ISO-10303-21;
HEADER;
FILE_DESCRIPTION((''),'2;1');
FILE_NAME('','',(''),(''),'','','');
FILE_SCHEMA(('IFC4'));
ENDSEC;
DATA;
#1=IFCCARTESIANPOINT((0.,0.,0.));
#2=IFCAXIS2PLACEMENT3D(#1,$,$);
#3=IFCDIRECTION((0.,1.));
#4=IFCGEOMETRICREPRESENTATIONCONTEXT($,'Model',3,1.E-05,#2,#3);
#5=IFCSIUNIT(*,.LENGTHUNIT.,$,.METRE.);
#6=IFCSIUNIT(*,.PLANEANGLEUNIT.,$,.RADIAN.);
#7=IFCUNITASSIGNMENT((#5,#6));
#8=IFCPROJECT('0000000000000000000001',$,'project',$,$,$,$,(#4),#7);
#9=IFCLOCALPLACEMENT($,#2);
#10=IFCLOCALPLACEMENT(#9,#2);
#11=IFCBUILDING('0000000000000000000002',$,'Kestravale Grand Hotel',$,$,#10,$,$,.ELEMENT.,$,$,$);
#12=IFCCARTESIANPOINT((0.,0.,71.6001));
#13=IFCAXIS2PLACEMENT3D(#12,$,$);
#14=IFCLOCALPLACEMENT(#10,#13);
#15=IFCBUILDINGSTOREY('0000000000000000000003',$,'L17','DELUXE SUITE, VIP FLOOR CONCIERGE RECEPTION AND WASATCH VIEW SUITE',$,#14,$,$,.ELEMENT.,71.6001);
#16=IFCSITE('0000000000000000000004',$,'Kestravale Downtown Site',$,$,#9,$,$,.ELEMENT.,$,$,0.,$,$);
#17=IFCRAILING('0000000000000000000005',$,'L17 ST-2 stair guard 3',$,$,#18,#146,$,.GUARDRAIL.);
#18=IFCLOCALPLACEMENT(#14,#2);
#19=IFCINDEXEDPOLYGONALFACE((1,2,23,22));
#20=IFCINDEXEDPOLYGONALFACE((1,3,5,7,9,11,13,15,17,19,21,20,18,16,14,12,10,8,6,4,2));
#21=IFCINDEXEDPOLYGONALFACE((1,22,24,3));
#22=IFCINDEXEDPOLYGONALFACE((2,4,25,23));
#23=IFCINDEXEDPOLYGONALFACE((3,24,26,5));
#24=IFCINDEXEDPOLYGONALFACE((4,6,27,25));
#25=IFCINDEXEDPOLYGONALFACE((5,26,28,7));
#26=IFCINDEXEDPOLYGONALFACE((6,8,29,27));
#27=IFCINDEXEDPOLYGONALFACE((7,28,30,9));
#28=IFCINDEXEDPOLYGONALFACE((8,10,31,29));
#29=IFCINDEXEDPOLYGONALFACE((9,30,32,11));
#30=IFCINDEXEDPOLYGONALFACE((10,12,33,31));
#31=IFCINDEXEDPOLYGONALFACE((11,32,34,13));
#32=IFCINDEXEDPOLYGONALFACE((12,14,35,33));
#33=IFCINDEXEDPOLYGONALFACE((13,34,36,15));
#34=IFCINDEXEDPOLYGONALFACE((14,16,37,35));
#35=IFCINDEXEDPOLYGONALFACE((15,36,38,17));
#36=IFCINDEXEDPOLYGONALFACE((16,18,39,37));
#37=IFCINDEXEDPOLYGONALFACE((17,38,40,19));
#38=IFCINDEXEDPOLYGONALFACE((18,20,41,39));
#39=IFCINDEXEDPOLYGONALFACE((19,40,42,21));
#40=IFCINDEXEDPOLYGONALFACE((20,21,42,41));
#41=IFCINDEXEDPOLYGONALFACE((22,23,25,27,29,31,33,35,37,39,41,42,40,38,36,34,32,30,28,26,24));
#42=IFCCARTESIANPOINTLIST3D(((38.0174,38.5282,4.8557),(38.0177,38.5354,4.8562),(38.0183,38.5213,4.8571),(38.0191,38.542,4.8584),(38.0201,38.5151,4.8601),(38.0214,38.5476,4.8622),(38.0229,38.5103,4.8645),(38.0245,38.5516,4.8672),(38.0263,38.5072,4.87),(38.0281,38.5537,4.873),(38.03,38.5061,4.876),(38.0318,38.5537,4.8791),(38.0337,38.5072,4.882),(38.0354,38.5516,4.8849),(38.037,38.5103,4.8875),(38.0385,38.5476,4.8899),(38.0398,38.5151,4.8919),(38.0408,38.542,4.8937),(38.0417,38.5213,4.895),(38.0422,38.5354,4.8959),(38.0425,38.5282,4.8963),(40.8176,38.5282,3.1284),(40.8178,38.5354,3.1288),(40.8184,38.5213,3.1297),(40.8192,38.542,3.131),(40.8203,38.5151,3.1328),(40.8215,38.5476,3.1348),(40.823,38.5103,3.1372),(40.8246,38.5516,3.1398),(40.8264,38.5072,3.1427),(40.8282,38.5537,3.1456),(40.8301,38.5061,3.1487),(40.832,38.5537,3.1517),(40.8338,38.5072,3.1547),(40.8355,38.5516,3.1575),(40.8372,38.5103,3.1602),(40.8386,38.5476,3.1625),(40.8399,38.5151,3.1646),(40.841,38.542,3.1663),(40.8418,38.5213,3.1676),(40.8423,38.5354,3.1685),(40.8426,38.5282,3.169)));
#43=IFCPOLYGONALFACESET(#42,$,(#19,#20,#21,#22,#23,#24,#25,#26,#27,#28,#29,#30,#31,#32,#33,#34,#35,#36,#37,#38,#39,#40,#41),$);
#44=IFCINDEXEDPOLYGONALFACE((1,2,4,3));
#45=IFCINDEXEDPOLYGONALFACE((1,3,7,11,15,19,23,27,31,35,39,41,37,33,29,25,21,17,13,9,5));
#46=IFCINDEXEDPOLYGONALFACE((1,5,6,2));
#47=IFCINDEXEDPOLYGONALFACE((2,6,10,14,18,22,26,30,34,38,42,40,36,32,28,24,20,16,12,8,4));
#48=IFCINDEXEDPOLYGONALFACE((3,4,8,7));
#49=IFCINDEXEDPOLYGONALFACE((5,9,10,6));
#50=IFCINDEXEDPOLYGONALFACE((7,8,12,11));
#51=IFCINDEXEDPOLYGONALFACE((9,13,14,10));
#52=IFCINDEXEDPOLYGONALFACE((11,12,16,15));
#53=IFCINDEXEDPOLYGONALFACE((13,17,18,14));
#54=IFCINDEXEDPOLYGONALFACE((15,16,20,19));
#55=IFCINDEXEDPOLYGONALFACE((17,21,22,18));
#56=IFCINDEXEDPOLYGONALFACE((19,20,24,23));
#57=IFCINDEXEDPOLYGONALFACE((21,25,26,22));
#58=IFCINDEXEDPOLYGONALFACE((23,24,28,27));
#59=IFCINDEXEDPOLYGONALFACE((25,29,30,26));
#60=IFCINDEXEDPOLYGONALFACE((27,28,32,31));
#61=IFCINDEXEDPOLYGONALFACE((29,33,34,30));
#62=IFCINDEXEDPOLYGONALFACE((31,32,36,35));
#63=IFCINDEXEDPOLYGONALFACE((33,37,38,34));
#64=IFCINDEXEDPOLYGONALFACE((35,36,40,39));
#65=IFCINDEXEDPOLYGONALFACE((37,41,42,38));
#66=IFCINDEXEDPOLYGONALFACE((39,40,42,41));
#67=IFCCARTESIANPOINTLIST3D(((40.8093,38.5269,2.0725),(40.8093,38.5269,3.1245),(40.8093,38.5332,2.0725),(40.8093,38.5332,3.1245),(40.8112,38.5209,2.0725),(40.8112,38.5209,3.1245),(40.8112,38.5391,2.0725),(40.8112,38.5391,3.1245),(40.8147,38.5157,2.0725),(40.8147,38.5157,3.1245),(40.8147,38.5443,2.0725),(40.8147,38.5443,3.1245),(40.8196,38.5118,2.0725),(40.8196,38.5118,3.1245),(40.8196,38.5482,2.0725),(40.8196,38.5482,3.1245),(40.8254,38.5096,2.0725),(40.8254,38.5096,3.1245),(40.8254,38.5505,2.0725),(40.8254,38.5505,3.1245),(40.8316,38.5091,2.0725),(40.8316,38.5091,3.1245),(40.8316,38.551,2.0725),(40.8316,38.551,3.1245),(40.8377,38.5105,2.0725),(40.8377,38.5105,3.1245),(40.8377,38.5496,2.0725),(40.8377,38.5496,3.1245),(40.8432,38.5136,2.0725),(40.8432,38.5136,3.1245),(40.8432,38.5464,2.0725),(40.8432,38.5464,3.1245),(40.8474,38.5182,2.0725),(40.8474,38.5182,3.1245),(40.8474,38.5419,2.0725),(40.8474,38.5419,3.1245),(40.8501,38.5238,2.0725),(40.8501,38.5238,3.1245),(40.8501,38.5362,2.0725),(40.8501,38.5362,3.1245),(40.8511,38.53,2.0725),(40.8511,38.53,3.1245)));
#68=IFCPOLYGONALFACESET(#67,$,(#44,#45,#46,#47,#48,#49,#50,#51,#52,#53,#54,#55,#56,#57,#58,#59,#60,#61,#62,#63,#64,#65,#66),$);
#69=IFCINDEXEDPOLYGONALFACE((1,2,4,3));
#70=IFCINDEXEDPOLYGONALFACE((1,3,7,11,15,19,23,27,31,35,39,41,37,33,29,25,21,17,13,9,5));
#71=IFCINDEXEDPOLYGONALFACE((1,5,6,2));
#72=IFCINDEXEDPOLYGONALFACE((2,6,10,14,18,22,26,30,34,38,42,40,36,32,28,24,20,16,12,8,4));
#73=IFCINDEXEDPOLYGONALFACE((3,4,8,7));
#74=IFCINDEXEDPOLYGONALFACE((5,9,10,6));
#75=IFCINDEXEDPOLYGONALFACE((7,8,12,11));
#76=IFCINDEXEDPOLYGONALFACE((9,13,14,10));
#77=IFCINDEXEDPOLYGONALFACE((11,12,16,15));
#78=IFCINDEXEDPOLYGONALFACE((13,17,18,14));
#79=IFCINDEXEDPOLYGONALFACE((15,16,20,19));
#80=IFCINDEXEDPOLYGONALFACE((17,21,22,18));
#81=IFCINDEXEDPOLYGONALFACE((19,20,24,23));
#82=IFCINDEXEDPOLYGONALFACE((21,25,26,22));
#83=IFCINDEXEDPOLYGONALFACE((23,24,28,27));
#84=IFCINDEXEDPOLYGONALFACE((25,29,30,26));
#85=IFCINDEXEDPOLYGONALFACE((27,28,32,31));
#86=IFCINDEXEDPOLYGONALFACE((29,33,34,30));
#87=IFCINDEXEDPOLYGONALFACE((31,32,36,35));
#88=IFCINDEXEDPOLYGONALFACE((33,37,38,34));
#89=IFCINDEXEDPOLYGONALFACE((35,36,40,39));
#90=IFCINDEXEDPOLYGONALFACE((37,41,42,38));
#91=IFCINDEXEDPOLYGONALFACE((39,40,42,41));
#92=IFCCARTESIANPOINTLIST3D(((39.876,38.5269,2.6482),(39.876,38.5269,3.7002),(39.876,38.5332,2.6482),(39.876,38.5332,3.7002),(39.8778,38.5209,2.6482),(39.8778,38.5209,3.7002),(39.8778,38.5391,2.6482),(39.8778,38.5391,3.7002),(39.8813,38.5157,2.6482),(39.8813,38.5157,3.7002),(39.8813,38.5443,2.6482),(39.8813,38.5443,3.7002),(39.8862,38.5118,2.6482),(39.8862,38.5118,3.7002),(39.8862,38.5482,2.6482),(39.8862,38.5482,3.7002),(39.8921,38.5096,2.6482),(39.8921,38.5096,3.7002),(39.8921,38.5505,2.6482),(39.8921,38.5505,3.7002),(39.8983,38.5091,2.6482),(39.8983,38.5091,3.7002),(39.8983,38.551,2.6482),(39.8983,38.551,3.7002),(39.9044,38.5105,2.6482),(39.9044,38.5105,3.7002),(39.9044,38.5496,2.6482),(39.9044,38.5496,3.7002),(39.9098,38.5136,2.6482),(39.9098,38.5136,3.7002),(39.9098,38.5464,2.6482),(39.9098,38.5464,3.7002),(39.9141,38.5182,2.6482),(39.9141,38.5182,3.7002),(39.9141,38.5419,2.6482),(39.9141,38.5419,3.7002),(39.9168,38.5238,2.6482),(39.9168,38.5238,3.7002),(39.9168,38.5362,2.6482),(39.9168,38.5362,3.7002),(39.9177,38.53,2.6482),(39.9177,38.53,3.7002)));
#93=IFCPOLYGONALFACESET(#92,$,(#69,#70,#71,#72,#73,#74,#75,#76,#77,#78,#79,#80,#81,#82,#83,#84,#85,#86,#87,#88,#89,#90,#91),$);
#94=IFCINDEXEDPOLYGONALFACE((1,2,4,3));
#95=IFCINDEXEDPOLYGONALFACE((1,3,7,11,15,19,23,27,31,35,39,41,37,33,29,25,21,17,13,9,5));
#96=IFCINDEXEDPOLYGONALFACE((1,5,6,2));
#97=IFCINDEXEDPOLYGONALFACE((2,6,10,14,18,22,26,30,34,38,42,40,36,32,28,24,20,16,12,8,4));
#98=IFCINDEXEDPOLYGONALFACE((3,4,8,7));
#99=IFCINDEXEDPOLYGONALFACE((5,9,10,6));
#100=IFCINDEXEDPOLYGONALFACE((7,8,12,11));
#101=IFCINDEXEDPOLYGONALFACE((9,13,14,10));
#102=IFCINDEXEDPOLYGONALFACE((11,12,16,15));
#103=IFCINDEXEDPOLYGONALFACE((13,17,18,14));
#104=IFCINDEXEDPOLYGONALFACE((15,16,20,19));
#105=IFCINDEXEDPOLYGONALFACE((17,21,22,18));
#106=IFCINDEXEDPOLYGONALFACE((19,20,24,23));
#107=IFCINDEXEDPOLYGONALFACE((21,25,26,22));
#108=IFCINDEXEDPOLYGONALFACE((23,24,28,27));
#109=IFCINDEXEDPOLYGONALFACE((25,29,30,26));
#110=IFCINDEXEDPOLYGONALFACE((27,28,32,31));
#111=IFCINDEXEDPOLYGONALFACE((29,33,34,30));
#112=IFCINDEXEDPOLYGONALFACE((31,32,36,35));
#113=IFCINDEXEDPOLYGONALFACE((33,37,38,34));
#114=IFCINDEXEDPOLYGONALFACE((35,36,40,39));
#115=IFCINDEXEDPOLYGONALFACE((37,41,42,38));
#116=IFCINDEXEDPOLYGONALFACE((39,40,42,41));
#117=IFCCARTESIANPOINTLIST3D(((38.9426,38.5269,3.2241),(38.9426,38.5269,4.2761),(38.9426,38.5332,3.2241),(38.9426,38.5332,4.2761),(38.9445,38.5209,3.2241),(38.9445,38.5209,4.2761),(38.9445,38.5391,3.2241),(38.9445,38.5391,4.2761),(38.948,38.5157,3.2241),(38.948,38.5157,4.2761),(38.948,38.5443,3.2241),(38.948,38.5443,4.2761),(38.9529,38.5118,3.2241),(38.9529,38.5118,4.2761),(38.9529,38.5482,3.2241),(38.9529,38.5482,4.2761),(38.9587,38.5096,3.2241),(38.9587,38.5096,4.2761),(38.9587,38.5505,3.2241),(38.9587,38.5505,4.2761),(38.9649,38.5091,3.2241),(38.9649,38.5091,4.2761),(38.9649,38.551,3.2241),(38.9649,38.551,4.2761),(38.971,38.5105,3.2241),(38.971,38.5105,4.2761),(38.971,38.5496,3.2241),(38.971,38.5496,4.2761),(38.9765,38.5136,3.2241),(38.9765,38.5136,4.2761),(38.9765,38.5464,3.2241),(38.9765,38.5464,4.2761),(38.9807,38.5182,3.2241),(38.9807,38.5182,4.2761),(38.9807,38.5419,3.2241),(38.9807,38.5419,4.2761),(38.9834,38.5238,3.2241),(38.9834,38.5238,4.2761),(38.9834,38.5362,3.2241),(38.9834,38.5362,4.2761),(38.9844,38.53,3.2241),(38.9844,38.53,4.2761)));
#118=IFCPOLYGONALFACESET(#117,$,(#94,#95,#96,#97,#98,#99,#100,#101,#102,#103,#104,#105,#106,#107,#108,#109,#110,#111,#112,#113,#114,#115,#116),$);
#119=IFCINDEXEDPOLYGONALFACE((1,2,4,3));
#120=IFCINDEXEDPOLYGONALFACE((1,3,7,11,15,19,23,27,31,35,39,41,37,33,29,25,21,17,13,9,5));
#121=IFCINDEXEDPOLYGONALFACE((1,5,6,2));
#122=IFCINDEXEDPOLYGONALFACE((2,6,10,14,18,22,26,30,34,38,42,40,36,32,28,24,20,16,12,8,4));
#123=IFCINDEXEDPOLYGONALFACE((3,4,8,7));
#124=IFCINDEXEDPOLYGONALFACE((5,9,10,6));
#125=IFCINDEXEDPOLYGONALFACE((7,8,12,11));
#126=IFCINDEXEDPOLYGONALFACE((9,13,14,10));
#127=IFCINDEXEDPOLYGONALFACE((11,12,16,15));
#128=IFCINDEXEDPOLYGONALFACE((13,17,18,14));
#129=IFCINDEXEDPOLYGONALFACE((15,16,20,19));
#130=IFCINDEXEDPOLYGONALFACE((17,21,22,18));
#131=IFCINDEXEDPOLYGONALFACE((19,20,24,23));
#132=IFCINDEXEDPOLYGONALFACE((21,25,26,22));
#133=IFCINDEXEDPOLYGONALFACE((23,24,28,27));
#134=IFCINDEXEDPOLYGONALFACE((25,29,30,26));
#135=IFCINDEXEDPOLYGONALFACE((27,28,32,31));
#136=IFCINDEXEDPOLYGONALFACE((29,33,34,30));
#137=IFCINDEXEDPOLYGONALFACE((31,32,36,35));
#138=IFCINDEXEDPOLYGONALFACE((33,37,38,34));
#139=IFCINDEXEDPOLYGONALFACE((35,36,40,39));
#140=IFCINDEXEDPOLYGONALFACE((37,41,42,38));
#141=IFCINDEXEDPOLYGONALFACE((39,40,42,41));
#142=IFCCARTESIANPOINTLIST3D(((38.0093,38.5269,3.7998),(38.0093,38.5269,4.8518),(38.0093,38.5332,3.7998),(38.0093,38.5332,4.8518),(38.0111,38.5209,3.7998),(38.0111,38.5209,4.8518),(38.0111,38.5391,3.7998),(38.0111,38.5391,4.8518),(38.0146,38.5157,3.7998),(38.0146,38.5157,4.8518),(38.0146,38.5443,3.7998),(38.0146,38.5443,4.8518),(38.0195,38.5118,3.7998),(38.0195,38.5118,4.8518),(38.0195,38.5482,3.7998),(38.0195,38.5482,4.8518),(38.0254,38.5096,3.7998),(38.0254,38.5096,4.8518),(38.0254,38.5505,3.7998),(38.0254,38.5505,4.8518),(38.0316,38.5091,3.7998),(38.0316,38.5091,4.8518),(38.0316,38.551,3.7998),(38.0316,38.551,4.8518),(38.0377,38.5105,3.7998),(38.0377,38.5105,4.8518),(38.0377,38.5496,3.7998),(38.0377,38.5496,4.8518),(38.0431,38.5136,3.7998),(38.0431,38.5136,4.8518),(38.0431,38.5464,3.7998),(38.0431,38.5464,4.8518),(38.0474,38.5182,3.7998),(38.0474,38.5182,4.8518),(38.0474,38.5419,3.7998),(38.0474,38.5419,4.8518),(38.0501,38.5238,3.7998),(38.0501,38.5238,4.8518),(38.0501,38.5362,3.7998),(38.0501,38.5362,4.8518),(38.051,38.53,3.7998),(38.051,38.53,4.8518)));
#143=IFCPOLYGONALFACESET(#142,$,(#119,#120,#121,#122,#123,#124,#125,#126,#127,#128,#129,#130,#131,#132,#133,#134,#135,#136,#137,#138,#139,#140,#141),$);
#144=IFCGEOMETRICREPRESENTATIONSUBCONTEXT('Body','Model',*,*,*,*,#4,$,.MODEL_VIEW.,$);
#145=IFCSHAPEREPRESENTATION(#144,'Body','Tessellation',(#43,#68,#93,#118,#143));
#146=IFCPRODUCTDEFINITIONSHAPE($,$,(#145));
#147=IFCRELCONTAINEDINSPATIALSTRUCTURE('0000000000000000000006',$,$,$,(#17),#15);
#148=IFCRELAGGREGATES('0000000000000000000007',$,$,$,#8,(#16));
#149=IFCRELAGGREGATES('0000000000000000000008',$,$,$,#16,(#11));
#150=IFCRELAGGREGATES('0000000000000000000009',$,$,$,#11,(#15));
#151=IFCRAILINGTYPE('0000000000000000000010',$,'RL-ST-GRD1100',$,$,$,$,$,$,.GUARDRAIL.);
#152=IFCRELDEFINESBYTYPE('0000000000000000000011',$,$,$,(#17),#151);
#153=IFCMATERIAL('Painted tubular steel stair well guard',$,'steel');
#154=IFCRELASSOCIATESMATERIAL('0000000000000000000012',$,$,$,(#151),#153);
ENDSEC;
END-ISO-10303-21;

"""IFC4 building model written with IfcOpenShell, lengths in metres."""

from ifc_helpers import new_model, si_unit, direction, frame, origin, origin_2d, place, context, subcontext, project, spatial, circle, extrude, material, type_object, element, save


model = new_model("IFC4")

# Units and contexts
model_context = context("Model", 3, precision=1e-05, world=origin(), true_north=direction((0.0, 1.0)))
body_context = subcontext(model_context, "Body", "Model", "MODEL_VIEW")
ifc_project = project(units=[si_unit("LENGTHUNIT", "METRE"), si_unit("PLANEANGLEUNIT", "RADIAN")], contexts=[model_context])

# Site, building, storey
site_placement = place(None, origin())
site = spatial("IfcSite", under=ifc_project, at=site_placement, Name="Kestravale Downtown Site", CompositionType="ELEMENT", RefElevation=0.0)
building_placement = place(site_placement, origin())
building = spatial("IfcBuilding", under=site, at=building_placement, Name="Kestravale Grand Hotel", CompositionType="ELEMENT")
storey_placement = place(building_placement, frame((0.0, 0.0, 71.6001)))
storey = spatial("IfcBuildingStorey", under=building, at=storey_placement, Name="L17", Description="DELUXE SUITE, VIP FLOOR CONCIERGE RECEPTION AND WASATCH VIEW SUITE", CompositionType="ELEMENT", Elevation=71.6001)

# Railing
ifc_material_1 = material(Name="Painted tubular steel stair well guard", Category="steel")
railing_type_1 = type_object("IfcRailingType", Name="RL-ST-GRD1100", PredefinedType="GUARDRAIL", material=ifc_material_1)
railing_1_placement = place(storey_placement, frame((40.8301, 38.53, 2.0725)))
element("IfcRailing", 1, at=railing_1_placement, inside=storey, type_object=railing_type_1, Name="L17 ST-2 stair guard 3", PredefinedType="GUARDRAIL", context=body_context, shape_type="SweptSolid", body=[
    extrude(circle(Radius=0.0239, at=origin_2d()), frame((0.0, 0.0, 1.0762), z_axis=(-0.85109, 0.0, 0.52502), x_axis=(0.0, -1.0, 0.0)), (0.0, 0.0, 1.0), 3.29),
    extrude(circle(Radius=0.021, at=origin_2d()), origin(), (0.0, 0.0, 1.0), 1.052),
    extrude(circle(Radius=0.021, at=origin_2d()), frame((-0.9333, 0.0, 0.5757)), (0.0, 0.0, 1.0), 1.052),
    extrude(circle(Radius=0.021, at=origin_2d()), frame((-1.8667, 0.0, 1.1516)), (0.0, 0.0, 1.0), 1.052),
    extrude(circle(Radius=0.021, at=origin_2d()), frame((-2.8, 0.0, 1.7273)), (0.0, 0.0, 1.0), 1.052),
])

save(model, "model.ifc")
